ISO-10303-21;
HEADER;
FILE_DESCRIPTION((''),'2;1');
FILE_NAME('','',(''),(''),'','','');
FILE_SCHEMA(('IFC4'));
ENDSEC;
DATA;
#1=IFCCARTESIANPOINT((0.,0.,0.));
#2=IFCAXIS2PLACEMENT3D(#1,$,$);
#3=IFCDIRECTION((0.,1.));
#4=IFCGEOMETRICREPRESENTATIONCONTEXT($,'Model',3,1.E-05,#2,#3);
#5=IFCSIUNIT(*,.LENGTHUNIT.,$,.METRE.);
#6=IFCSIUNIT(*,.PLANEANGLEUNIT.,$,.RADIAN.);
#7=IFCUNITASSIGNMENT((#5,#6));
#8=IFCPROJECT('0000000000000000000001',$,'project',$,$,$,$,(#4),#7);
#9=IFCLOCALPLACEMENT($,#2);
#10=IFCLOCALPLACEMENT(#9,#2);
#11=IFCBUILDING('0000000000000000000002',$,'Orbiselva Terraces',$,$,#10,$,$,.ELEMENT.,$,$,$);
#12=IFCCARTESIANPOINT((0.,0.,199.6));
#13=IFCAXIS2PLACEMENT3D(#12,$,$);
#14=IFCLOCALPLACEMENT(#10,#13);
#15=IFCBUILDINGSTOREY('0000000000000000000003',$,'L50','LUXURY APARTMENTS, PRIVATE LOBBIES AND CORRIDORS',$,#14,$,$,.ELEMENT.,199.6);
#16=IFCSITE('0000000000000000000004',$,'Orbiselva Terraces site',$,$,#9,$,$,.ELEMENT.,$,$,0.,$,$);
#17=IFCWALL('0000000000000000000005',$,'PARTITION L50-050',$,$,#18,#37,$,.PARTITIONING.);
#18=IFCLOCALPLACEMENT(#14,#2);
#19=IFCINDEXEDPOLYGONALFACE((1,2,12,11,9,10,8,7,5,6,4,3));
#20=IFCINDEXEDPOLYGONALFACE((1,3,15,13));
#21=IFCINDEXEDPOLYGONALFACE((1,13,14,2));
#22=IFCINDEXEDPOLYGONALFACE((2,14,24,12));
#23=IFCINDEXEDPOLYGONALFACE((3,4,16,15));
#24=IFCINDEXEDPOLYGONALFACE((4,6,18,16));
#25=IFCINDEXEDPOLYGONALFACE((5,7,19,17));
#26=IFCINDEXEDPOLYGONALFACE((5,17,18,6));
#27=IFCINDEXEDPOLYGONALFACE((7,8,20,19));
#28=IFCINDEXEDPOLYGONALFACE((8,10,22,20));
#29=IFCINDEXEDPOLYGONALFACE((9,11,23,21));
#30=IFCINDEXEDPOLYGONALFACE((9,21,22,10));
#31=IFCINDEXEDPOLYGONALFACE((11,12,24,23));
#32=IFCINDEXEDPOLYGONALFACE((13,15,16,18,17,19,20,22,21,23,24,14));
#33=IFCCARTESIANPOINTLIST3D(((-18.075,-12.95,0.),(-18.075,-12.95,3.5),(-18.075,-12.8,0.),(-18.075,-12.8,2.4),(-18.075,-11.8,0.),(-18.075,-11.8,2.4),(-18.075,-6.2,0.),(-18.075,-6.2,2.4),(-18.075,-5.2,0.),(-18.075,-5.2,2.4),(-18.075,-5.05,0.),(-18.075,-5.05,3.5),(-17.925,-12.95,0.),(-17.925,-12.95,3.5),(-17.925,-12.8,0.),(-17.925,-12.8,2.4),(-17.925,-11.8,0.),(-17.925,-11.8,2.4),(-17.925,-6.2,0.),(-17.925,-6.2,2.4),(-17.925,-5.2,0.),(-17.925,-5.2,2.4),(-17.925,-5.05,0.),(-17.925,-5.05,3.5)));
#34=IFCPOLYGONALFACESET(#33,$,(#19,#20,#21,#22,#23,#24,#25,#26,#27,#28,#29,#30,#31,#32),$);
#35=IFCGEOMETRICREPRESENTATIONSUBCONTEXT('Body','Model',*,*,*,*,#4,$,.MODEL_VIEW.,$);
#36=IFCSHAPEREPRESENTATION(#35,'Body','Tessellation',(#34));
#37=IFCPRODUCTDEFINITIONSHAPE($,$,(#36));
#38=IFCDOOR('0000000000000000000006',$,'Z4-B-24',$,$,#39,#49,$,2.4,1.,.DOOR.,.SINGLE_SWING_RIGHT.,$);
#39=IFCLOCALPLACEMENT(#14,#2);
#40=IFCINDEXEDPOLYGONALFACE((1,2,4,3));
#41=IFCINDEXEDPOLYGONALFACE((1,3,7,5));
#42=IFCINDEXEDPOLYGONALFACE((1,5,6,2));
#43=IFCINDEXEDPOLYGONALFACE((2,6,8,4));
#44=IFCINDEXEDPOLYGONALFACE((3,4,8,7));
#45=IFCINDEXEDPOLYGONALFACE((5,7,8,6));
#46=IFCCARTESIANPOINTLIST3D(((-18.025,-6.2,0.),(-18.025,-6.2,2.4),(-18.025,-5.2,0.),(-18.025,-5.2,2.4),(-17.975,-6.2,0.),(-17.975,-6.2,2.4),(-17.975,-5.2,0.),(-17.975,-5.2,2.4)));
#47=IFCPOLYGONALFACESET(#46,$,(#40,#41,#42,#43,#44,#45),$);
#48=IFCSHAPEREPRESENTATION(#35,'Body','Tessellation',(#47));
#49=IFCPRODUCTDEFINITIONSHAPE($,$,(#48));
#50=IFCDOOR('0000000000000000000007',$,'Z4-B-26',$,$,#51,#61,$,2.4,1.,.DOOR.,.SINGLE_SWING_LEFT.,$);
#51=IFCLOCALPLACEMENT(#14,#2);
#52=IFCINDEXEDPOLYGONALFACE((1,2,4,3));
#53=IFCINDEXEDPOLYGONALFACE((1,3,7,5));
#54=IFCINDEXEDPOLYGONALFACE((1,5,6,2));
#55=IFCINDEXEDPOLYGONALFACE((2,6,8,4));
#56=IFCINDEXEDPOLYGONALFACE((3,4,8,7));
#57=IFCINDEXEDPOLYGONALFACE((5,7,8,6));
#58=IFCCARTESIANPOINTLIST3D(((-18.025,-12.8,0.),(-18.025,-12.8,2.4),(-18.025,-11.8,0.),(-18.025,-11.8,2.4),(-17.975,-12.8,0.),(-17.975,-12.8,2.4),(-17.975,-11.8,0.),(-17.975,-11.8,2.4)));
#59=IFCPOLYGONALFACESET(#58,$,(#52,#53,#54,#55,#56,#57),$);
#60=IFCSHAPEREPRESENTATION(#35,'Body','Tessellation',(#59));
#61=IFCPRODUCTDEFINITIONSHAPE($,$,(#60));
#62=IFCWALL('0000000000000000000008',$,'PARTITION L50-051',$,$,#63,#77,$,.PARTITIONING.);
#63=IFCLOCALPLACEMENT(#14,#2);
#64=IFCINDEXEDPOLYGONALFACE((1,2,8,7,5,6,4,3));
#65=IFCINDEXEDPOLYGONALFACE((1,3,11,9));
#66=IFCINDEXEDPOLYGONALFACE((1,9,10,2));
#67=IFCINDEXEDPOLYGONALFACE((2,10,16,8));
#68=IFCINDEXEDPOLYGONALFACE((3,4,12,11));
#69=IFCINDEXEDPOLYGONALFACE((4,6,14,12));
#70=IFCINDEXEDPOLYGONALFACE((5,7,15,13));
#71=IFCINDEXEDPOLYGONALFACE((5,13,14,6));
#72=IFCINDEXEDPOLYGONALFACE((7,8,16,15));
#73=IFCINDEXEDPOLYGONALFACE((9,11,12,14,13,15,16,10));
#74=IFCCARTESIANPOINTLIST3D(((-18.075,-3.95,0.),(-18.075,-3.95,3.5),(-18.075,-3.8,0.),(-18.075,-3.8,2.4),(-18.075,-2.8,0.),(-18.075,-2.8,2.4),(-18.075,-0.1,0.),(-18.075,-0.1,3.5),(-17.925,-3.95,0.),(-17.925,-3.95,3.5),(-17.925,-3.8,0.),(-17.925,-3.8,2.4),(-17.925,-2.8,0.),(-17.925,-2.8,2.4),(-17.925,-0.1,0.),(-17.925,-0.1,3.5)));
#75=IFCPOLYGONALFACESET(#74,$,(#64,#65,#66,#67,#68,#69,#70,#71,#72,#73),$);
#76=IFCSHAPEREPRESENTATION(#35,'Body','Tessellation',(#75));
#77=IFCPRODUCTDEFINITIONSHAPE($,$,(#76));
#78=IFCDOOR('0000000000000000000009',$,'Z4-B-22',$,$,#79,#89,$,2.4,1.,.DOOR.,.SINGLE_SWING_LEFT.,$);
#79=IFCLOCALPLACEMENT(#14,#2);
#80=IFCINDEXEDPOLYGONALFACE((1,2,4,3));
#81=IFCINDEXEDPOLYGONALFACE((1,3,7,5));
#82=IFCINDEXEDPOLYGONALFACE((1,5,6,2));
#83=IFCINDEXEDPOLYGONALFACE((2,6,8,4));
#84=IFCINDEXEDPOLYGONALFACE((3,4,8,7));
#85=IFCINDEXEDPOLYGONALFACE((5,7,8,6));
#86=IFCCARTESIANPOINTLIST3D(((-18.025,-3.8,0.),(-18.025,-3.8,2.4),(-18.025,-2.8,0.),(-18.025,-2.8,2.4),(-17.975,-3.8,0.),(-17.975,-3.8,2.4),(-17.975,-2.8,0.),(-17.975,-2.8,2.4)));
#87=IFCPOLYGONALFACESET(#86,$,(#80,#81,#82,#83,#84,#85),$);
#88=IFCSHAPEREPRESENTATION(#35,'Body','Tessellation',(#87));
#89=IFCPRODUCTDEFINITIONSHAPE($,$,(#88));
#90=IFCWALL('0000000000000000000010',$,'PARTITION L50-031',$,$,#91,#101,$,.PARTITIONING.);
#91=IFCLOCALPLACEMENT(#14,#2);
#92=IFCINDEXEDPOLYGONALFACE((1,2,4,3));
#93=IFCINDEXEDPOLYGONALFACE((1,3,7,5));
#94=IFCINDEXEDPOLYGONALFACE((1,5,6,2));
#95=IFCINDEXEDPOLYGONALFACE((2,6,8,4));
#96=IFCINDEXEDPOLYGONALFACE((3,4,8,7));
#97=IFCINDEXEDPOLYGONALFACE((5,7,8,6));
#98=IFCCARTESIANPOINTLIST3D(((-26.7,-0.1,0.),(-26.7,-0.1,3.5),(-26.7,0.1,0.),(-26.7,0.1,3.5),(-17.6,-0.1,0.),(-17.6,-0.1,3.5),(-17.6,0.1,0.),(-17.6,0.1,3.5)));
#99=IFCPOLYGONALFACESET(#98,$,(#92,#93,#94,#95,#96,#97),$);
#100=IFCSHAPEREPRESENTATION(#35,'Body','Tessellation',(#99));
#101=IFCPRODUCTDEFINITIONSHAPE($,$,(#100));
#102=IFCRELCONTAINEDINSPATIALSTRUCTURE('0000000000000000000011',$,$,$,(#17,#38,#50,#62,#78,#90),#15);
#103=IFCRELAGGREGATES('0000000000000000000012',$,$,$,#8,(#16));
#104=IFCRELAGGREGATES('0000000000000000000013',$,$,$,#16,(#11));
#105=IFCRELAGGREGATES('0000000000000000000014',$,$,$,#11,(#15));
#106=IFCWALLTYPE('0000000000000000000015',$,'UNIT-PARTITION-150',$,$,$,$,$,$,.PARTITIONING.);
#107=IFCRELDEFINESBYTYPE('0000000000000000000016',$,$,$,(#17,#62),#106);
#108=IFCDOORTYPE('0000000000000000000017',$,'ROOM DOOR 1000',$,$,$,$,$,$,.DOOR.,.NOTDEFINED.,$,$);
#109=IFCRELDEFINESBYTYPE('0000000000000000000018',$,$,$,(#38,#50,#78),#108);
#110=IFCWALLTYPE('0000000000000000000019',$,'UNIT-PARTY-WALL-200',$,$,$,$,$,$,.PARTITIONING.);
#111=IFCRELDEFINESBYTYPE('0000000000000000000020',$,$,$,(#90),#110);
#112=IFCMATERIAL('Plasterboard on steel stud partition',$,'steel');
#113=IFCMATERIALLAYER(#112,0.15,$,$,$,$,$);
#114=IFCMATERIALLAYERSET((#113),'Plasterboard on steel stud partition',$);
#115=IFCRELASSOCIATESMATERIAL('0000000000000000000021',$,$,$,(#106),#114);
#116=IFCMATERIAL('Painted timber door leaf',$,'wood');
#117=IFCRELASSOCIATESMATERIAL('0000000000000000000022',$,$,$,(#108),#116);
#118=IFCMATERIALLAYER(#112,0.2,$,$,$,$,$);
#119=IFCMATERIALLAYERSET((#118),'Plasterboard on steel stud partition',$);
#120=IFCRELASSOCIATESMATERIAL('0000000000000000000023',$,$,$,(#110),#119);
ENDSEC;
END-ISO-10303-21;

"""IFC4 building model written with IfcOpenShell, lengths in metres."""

from ifc_helpers import new_model, si_unit, direction, frame, frame_2d, origin, place, context, subcontext, project, spatial, rectangle, extrude, material, layer, layer_set, type_object, element, fill, save


model = new_model("IFC4")

# Units and contexts
model_context = context("Model", 3, precision=1e-05, world=origin(), true_north=direction((0.0, 1.0)))
body_context = subcontext(model_context, "Body", "Model", "MODEL_VIEW")
ifc_project = project(units=[si_unit("LENGTHUNIT", "METRE"), si_unit("PLANEANGLEUNIT", "RADIAN")], contexts=[model_context])

# Site, building, storey
site_placement = place(None, origin())
site = spatial("IfcSite", under=ifc_project, at=site_placement, Name="Orbiselva Terraces site", CompositionType="ELEMENT", RefElevation=0.0)
building_placement = place(site_placement, origin())
building = spatial("IfcBuilding", under=site, at=building_placement, Name="Orbiselva Terraces", CompositionType="ELEMENT")
storey_placement = place(building_placement, frame((0.0, 0.0, 199.6)))
storey = spatial("IfcBuildingStorey", under=building, at=storey_placement, Name="L50", Description="LUXURY APARTMENTS, PRIVATE LOBBIES AND CORRIDORS", CompositionType="ELEMENT", Elevation=199.6)

# Shared definitions
ifc_material_1 = material(Name="Plasterboard on steel stud partition", Category="steel")
ifc_layer_1 = layer(ifc_material_1, 0.15)
ifc_layer_set_1 = layer_set([ifc_layer_1], Name="Plasterboard on steel stud partition")
wall_type_1 = type_object("IfcWallType", Name="UNIT-PARTITION-150", PredefinedType="PARTITIONING", material=ifc_layer_set_1)

# Shared definitions
ifc_material_2 = material(Name="Painted timber door leaf", Category="wood")

# Wall, openings, doors
wall_1_placement = place(storey_placement, frame((-18.0, -12.95, 0.0), z_axis=(0.0, 0.0, 1.0), x_axis=(0.0, 1.0, 0.0)))
wall_1 = element("IfcWall", 1, at=wall_1_placement, inside=storey, type_object=wall_type_1, Name="PARTITION L50-050", PredefinedType="PARTITIONING", context=body_context, shape_type="SweptSolid", body=[
    extrude(rectangle(XDim=7.9, YDim=0.15, at=frame_2d((3.95, 0.0))), origin(), (0.0, 0.0, 1.0), 3.5),
])
opening_1_placement = place(wall_1_placement, frame((6.75, 0.0, 0.0)))
opening_1 = element("IfcOpeningElement", 2, at=opening_1_placement, cuts=wall_1, PredefinedType="OPENING", context=body_context, shape_type="SweptSolid", body=[
    extrude(rectangle(XDim=1.0, YDim=2.4, at=frame_2d((0.5, 1.2))), frame((0.0, 0.085, 0.0), z_axis=(0.0, -1.0, 0.0), x_axis=(1.0, 0.0, 0.0)), (0.0, 0.0, 1.0), 0.17),
])
opening_2_placement = place(wall_1_placement, frame((0.15, 0.0, 0.0)))
opening_2 = element("IfcOpeningElement", 3, at=opening_2_placement, cuts=wall_1, PredefinedType="OPENING", context=body_context, shape_type="SweptSolid", body=[
    extrude(rectangle(XDim=1.0, YDim=2.4, at=frame_2d((0.5, 1.2))), frame((0.0, 0.085, 0.0), z_axis=(0.0, -1.0, 0.0), x_axis=(1.0, 0.0, 0.0)), (0.0, 0.0, 1.0), 0.17),
])
door_type_1 = type_object("IfcDoorType", Name="ROOM DOOR 1000", OperationType="NOTDEFINED", PredefinedType="DOOR", material=ifc_material_2)
door_1_placement = place(opening_1_placement, origin())
door_1 = element("IfcDoor", 4, at=door_1_placement, inside=storey, type_object=door_type_1, Name="Z4-B-24", OperationType="SINGLE_SWING_RIGHT", OverallHeight=2.4, OverallWidth=1.0, PredefinedType="DOOR", context=body_context, shape_type="SweptSolid", body=[
    extrude(rectangle(XDim=1.0, YDim=2.4, at=frame_2d((0.5, 1.2))), frame((0.0, 0.025, 0.0), z_axis=(0.0, -1.0, 0.0), x_axis=(1.0, 0.0, 0.0)), (0.0, 0.0, 1.0), 0.05),
])
fill(opening_1, door_1)
door_2_placement = place(opening_2_placement, origin())
door_2 = element("IfcDoor", 5, at=door_2_placement, inside=storey, type_object=door_type_1, Name="Z4-B-26", OperationType="SINGLE_SWING_LEFT", OverallHeight=2.4, OverallWidth=1.0, PredefinedType="DOOR", context=body_context, shape_type="SweptSolid", body=[
    extrude(rectangle(XDim=1.0, YDim=2.4, at=frame_2d((0.5, 1.2))), frame((0.0, 0.025, 0.0), z_axis=(0.0, -1.0, 0.0), x_axis=(1.0, 0.0, 0.0)), (0.0, 0.0, 1.0), 0.05),
])
fill(opening_2, door_2)

# Wall, opening, door
wall_2_placement = place(storey_placement, frame((-18.0, -3.95, 0.0), z_axis=(0.0, 0.0, 1.0), x_axis=(0.0, 1.0, 0.0)))
wall_2 = element("IfcWall", 6, at=wall_2_placement, inside=storey, type_object=wall_type_1, Name="PARTITION L50-051", PredefinedType="PARTITIONING", context=body_context, shape_type="SweptSolid", body=[
    extrude(rectangle(XDim=3.85, YDim=0.15, at=frame_2d((1.925, 0.0))), origin(), (0.0, 0.0, 1.0), 3.5),
])
opening_3_placement = place(wall_2_placement, frame((0.15, 0.0, 0.0)))
opening_3 = element("IfcOpeningElement", 7, at=opening_3_placement, cuts=wall_2, PredefinedType="OPENING", context=body_context, shape_type="SweptSolid", body=[
    extrude(rectangle(XDim=1.0, YDim=2.4, at=frame_2d((0.5, 1.2))), frame((0.0, 0.085, 0.0), z_axis=(0.0, -1.0, 0.0), x_axis=(1.0, 0.0, 0.0)), (0.0, 0.0, 1.0), 0.17),
])
door_3_placement = place(opening_3_placement, origin())
door_3 = element("IfcDoor", 8, at=door_3_placement, inside=storey, type_object=door_type_1, Name="Z4-B-22", OperationType="SINGLE_SWING_LEFT", OverallHeight=2.4, OverallWidth=1.0, PredefinedType="DOOR", context=body_context, shape_type="SweptSolid", body=[
    extrude(rectangle(XDim=1.0, YDim=2.4, at=frame_2d((0.5, 1.2))), frame((0.0, 0.025, 0.0), z_axis=(0.0, -1.0, 0.0), x_axis=(1.0, 0.0, 0.0)), (0.0, 0.0, 1.0), 0.05),
])
fill(opening_3, door_3)

# Wall
ifc_layer_2 = layer(ifc_material_1, 0.2)
ifc_layer_set_2 = layer_set([ifc_layer_2], Name="Plasterboard on steel stud partition")
wall_type_2 = type_object("IfcWallType", Name="UNIT-PARTY-WALL-200", PredefinedType="PARTITIONING", material=ifc_layer_set_2)
wall_3_placement = place(storey_placement, frame((-26.7, 0.0, 0.0), z_axis=(0.0, 0.0, 1.0), x_axis=(1.0, 0.0, 0.0)))
element("IfcWall", 9, at=wall_3_placement, inside=storey, type_object=wall_type_2, Name="PARTITION L50-031", PredefinedType="PARTITIONING", context=body_context, shape_type="SweptSolid", body=[
    extrude(rectangle(XDim=9.1, YDim=0.2, at=frame_2d((4.55, 0.0))), origin(), (0.0, 0.0, 1.0), 3.5),
])

save(model, "model.ifc")
